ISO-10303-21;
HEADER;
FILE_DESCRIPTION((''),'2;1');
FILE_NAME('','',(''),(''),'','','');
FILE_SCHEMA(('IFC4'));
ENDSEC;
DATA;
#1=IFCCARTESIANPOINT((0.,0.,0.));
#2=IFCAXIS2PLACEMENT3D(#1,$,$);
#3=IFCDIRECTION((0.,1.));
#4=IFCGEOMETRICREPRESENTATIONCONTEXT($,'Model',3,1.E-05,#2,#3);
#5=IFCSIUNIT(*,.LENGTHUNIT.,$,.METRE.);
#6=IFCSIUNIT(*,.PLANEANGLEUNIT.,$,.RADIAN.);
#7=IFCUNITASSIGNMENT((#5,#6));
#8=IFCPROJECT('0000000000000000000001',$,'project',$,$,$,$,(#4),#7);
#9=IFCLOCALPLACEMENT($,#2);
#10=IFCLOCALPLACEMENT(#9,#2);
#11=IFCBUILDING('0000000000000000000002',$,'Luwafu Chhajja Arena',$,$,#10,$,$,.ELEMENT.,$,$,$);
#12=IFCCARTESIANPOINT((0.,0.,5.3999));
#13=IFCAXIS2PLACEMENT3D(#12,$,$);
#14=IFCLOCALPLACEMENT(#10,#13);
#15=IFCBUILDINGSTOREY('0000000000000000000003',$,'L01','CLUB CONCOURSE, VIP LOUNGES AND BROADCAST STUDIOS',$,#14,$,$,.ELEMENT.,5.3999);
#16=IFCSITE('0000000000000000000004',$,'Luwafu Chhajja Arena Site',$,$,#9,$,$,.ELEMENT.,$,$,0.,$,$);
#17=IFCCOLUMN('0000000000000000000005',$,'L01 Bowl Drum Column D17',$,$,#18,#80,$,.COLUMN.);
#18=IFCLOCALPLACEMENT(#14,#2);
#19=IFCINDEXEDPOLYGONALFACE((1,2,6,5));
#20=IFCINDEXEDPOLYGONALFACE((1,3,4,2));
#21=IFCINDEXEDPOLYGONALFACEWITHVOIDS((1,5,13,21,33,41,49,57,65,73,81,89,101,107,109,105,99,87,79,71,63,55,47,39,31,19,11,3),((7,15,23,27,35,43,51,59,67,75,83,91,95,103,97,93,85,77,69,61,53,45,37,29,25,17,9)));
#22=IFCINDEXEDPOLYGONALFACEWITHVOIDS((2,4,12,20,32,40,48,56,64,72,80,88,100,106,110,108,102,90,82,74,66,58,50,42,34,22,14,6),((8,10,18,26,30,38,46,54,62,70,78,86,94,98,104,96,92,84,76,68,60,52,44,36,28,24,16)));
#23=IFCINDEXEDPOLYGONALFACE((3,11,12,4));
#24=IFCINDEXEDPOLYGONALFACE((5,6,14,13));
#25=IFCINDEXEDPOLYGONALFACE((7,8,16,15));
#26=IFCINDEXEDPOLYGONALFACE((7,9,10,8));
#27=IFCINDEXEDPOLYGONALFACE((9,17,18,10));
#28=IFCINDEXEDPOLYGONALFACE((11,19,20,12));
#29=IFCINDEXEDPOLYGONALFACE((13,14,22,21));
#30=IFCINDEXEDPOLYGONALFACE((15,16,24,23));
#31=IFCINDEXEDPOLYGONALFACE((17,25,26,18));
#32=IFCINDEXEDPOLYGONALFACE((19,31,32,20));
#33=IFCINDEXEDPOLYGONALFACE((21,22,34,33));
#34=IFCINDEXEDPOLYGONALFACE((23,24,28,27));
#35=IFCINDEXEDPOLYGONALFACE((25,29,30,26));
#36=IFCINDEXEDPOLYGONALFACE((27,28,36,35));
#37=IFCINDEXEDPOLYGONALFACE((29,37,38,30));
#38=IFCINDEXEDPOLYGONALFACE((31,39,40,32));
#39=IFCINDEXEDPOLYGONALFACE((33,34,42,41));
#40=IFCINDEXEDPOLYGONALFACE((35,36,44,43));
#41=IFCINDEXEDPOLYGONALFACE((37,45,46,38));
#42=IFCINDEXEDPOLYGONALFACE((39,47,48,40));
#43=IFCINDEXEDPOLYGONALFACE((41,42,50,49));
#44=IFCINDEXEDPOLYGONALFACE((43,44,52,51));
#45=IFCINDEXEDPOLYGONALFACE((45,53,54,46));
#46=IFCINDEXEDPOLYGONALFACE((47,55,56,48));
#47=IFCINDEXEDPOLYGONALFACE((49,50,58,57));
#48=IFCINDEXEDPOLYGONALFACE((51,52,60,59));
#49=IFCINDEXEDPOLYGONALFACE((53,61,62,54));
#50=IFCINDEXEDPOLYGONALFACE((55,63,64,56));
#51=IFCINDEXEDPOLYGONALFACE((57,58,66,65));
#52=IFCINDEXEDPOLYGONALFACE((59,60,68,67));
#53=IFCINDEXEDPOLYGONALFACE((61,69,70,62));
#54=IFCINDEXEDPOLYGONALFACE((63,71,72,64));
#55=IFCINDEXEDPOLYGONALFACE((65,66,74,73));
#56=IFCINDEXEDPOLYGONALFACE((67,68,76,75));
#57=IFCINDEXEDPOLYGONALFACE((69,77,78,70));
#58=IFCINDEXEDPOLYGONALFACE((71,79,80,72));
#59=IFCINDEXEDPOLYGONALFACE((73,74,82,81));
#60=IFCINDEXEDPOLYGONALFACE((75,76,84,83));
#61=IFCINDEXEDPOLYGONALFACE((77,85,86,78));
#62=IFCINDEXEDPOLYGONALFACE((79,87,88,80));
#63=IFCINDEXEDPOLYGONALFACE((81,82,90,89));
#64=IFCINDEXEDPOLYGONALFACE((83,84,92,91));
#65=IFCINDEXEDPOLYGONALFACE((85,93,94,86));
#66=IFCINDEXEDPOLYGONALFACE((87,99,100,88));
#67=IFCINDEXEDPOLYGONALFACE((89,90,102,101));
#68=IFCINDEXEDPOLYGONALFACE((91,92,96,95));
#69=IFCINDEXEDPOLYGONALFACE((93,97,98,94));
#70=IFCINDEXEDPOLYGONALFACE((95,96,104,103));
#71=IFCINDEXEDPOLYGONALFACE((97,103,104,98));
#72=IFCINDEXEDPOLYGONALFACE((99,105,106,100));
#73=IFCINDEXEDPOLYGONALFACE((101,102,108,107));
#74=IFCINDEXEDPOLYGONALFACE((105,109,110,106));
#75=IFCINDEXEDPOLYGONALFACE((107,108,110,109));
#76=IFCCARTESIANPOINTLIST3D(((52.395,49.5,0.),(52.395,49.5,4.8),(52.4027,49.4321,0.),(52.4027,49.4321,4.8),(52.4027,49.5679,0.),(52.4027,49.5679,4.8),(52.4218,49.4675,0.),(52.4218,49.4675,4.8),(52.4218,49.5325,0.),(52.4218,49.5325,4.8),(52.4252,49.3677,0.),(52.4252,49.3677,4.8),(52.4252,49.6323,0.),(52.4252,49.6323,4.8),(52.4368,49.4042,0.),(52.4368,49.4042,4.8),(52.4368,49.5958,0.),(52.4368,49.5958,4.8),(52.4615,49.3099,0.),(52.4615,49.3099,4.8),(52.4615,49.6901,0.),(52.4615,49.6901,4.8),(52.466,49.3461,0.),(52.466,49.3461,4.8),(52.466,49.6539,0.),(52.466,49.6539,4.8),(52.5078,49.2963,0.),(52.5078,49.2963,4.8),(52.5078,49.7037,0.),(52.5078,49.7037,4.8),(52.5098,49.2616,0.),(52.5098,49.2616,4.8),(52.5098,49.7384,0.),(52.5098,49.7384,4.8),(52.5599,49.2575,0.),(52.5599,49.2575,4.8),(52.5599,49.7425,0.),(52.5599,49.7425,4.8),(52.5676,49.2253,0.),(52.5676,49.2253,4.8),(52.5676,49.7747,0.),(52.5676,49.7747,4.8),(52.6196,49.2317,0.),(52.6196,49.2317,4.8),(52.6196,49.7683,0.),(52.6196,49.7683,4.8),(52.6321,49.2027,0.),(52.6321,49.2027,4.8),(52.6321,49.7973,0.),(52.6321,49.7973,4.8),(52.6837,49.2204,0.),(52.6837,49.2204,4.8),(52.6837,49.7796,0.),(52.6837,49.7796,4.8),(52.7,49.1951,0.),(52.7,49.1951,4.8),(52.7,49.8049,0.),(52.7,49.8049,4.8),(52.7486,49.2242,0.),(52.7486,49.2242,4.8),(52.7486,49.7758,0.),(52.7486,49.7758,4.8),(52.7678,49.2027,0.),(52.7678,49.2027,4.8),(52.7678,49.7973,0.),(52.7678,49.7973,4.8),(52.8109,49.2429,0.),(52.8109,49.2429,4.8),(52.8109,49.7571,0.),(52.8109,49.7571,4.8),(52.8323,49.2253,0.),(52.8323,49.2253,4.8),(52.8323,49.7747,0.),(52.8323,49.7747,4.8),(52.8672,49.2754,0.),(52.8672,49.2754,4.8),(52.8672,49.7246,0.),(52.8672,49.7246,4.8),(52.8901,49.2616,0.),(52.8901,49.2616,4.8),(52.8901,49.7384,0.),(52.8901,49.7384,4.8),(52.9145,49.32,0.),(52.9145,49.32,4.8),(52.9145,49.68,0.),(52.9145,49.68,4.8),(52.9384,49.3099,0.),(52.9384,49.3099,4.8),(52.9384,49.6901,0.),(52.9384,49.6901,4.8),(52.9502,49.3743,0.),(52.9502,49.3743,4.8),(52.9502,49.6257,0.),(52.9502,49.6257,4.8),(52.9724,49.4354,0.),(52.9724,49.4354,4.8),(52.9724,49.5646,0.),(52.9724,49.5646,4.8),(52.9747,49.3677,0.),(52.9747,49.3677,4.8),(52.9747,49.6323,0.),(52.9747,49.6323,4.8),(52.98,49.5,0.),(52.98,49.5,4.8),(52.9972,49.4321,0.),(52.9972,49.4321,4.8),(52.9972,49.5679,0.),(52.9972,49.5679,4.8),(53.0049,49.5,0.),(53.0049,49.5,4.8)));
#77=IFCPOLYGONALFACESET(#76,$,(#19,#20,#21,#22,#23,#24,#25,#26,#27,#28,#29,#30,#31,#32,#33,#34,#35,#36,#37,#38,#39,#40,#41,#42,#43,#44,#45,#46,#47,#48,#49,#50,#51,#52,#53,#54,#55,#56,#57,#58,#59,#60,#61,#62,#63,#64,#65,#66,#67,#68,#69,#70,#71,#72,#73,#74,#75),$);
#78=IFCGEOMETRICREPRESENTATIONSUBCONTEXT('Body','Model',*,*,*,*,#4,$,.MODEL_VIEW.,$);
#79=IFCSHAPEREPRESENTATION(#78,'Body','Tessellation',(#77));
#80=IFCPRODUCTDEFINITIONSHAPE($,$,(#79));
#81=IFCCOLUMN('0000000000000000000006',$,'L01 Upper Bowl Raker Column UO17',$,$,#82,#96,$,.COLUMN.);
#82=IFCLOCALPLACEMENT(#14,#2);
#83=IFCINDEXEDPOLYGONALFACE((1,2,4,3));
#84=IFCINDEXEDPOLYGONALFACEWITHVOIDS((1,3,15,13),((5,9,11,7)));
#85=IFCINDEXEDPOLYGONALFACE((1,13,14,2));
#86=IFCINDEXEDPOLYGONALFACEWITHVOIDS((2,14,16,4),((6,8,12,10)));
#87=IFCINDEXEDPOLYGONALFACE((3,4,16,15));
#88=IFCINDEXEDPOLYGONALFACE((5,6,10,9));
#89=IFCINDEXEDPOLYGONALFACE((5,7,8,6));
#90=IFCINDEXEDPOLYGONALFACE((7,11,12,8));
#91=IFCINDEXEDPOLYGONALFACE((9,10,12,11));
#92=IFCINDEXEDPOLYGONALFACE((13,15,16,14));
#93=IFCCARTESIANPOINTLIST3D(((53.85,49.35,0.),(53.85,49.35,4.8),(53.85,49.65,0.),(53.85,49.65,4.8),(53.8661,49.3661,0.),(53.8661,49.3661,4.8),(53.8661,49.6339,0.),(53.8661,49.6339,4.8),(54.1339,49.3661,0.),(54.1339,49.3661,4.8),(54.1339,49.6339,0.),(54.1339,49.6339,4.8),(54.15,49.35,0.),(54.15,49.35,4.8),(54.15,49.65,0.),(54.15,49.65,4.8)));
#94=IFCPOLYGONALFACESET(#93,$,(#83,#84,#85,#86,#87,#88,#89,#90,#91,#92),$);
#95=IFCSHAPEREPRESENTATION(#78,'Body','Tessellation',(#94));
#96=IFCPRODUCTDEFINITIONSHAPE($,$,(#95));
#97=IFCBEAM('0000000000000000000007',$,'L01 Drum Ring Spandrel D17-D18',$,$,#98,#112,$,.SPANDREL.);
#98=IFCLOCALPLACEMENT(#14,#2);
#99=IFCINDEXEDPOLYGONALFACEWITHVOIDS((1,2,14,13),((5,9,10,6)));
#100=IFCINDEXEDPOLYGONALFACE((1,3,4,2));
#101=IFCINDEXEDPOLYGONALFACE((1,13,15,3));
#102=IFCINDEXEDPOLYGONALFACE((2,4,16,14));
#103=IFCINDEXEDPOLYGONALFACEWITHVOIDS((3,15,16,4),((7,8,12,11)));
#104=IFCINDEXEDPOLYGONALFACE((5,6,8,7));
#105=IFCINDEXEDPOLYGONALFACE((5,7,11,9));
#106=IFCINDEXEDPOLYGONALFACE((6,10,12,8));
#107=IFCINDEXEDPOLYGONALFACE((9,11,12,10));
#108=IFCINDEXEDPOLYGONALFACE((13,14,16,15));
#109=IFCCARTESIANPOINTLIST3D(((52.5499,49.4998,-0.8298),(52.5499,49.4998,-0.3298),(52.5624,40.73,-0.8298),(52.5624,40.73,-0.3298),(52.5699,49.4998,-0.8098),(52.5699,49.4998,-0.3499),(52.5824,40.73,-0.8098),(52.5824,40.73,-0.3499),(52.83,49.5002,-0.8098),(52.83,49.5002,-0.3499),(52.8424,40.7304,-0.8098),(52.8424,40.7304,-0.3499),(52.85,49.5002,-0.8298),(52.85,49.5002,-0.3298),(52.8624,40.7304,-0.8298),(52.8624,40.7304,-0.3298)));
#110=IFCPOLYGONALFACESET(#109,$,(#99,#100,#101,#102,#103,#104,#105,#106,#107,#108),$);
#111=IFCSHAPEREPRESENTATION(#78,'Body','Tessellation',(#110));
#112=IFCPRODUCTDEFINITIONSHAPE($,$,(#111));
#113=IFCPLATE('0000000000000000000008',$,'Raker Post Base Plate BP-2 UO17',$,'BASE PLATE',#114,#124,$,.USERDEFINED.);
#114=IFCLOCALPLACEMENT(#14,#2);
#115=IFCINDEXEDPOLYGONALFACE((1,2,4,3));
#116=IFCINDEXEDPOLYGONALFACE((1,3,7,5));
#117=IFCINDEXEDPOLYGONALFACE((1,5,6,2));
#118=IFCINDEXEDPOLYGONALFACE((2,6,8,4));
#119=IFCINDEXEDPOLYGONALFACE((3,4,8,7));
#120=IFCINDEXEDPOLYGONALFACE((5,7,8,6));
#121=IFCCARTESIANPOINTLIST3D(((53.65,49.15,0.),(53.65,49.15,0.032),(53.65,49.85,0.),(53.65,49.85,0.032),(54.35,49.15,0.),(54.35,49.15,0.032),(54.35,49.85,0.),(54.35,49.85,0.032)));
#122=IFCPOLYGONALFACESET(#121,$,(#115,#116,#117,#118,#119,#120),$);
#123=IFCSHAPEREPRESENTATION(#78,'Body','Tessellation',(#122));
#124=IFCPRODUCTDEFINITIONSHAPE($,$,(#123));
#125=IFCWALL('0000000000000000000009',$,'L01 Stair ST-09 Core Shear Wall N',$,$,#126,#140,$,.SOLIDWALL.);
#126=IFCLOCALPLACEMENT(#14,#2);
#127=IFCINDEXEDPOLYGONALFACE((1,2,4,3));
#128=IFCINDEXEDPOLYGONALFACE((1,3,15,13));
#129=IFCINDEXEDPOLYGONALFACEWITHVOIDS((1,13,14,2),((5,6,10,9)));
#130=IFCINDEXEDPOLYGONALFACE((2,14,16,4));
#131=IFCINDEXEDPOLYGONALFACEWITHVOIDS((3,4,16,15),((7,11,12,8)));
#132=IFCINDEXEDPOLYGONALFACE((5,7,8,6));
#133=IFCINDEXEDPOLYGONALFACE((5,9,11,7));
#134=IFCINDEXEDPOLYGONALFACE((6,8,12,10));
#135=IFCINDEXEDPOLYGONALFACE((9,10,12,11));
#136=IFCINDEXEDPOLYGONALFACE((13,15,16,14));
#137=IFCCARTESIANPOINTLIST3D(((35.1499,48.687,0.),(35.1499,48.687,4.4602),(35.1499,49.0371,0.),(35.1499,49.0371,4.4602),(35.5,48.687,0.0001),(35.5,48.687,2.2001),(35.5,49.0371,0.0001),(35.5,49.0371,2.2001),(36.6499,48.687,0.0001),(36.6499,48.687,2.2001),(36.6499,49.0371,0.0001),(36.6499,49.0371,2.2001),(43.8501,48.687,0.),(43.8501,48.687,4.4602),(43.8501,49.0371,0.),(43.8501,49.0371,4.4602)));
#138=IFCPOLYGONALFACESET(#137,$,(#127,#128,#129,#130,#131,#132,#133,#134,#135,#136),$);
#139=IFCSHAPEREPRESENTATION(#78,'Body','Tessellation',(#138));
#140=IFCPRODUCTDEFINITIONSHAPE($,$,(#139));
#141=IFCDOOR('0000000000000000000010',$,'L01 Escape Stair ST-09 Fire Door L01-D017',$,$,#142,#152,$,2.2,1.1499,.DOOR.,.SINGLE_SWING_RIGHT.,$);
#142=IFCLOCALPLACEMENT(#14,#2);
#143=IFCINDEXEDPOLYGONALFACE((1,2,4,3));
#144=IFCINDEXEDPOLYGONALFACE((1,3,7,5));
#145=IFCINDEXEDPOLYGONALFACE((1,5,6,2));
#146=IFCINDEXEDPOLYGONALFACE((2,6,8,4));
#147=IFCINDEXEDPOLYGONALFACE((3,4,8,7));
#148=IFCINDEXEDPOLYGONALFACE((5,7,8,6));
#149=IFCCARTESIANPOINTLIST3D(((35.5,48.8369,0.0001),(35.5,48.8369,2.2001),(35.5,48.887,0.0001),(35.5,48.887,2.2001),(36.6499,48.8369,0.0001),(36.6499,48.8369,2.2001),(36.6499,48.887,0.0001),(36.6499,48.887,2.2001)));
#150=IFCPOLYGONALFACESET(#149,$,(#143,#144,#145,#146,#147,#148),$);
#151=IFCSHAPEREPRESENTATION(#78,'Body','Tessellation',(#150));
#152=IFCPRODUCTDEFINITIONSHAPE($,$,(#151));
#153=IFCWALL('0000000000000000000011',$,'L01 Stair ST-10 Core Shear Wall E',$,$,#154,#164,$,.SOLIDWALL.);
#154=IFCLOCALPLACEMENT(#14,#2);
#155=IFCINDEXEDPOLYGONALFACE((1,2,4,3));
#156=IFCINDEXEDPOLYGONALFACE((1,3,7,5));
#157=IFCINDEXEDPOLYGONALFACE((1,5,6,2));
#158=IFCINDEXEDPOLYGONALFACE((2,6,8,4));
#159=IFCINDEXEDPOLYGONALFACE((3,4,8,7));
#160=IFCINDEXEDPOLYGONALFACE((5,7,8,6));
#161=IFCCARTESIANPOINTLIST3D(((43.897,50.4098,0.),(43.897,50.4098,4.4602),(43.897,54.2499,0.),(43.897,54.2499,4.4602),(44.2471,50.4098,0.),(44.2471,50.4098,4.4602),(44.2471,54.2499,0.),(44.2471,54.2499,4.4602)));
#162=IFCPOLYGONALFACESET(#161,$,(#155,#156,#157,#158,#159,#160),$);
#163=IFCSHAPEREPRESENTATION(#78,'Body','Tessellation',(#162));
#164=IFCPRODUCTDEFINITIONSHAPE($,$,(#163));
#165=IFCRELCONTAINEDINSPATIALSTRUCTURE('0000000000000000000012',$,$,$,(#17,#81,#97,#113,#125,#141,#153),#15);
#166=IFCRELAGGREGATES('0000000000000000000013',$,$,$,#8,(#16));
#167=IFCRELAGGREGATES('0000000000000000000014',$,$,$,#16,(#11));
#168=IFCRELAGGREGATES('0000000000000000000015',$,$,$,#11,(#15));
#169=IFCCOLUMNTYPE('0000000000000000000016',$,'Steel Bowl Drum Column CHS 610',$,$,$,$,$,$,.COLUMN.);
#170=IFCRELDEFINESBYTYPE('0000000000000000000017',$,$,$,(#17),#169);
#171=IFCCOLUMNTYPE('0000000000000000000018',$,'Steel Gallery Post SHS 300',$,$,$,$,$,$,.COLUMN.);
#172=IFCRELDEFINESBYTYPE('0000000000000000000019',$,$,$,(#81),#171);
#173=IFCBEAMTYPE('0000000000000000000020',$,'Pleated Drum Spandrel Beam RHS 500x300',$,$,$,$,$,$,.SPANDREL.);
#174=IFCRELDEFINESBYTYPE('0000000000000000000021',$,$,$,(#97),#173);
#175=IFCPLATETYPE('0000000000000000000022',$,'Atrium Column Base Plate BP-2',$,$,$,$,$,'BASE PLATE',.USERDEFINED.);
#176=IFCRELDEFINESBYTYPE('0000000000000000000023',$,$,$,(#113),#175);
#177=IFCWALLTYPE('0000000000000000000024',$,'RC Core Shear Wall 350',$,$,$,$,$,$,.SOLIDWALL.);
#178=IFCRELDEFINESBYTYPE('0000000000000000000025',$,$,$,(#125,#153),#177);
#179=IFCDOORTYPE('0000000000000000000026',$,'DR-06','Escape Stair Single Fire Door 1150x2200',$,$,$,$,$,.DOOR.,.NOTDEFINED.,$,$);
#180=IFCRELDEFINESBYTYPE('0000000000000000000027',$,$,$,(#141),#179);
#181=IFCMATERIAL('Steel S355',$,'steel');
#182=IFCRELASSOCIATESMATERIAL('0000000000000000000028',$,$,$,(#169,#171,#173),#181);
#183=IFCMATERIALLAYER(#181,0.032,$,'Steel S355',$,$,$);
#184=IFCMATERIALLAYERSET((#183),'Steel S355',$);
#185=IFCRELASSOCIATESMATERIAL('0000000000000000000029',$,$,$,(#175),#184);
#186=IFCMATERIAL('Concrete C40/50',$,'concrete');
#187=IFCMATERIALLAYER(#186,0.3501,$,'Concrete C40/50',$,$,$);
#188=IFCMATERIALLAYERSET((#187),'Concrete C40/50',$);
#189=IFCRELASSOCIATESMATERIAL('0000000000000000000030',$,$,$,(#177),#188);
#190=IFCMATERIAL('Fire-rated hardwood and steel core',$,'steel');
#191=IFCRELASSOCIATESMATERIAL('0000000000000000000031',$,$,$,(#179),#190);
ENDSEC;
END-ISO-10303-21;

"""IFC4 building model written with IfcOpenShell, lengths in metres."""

from ifc_helpers import new_model, si_unit, direction, frame, frame_2d, origin, origin_2d, place, context, subcontext, project, spatial, rectangle, hollow_rectangle, hollow_circle, extrude, material, layer, layer_set, material_profile, profile_set, type_object, element, fill, save


model = new_model("IFC4")

# Units and contexts
model_context = context("Model", 3, precision=1e-05, world=origin(), true_north=direction((0.0, 1.0)))
body_context = subcontext(model_context, "Body", "Model", "MODEL_VIEW")
ifc_project = project(units=[si_unit("LENGTHUNIT", "METRE"), si_unit("PLANEANGLEUNIT", "RADIAN")], contexts=[model_context])

# Site, building, storey
site_placement = place(None, origin())
site = spatial("IfcSite", under=ifc_project, at=site_placement, Name="Luwafu Chhajja Arena Site", CompositionType="ELEMENT", RefElevation=0.0)
building_placement = place(site_placement, origin())
building = spatial("IfcBuilding", under=site, at=building_placement, Name="Luwafu Chhajja Arena", CompositionType="ELEMENT")
storey_placement = place(building_placement, frame((0.0, 0.0, 5.3999)))
storey = spatial("IfcBuildingStorey", under=building, at=storey_placement, Name="L01", Description="CLUB CONCOURSE, VIP LOUNGES AND BROADCAST STUDIOS", CompositionType="ELEMENT", Elevation=5.3999)

# Columns
ifc_material_1 = material(Name="Steel S355", Category="steel")
ifc_material_profile_1 = material_profile(ifc_material_1, hollow_circle(Radius=0.3049, WallThickness=0.0249, at=origin_2d()), Name="CHS 610x25")
ifc_profile_set_1 = profile_set([ifc_material_profile_1], Name="Steel S355")
column_type_1 = type_object("IfcColumnType", Name="Steel Bowl Drum Column CHS 610", PredefinedType="COLUMN", material=ifc_profile_set_1)
column_1_placement = place(storey_placement, frame((52.7, 49.5, 0.0), z_axis=(0.0, 0.0, 1.0), x_axis=(1.0, 0.0, 0.0)))
element("IfcColumn", 1, at=column_1_placement, inside=storey, type_object=column_type_1, Name="L01 Bowl Drum Column D17", PredefinedType="COLUMN", context=body_context, shape_type="SweptSolid", body=[
    extrude(hollow_circle(Radius=0.3049, WallThickness=0.0249, at=origin_2d()), origin(), (0.0, 0.0, 1.0), 4.8),
])
ifc_material_profile_2 = material_profile(ifc_material_1, hollow_rectangle(XDim=0.3, YDim=0.3, WallThickness=0.0161, at=origin_2d()), Name="SHS 300x300x16")
ifc_profile_set_2 = profile_set([ifc_material_profile_2], Name="Steel S355")
column_type_2 = type_object("IfcColumnType", Name="Steel Gallery Post SHS 300", PredefinedType="COLUMN", material=ifc_profile_set_2)
column_2_placement = place(storey_placement, frame((54.0, 49.5, 0.0), z_axis=(0.0, 0.0, 1.0), x_axis=(1.0, 0.0, 0.0)))
element("IfcColumn", 2, at=column_2_placement, inside=storey, type_object=column_type_2, Name="L01 Upper Bowl Raker Column UO17", PredefinedType="COLUMN", context=body_context, shape_type="SweptSolid", body=[
    extrude(hollow_rectangle(XDim=0.3, YDim=0.3, WallThickness=0.0161, at=origin_2d()), origin(), (0.0, 0.0, 1.0), 4.8),
])

# Beam
ifc_material_profile_3 = material_profile(ifc_material_1, hollow_rectangle(XDim=0.3, YDim=0.5, WallThickness=0.02, at=origin_2d()), Name="RHS 500x300x20")
ifc_profile_set_3 = profile_set([ifc_material_profile_3], Name="Steel S355")
beam_type = type_object("IfcBeamType", Name="Pleated Drum Spandrel Beam RHS 500x300", PredefinedType="SPANDREL", material=ifc_profile_set_3)
beam_placement = place(storey_placement, frame((52.7, 49.5, -0.5798), z_axis=(0.00142, -0.999999, 0.0), x_axis=(0.999999, 0.00142, 0.0)))
element("IfcBeam", 3, at=beam_placement, inside=storey, type_object=beam_type, Name="L01 Drum Ring Spandrel D17-D18", PredefinedType="SPANDREL", context=body_context, shape_type="SweptSolid", body=[
    extrude(hollow_rectangle(XDim=0.3, YDim=0.5, WallThickness=0.02, at=origin_2d()), origin(), (0.0, 0.0, 1.0), 8.7698),
])

# Plate
ifc_layer_1 = layer(ifc_material_1, 0.032, Name="Steel S355")
ifc_layer_set_1 = layer_set([ifc_layer_1], Name="Steel S355")
plate_type = type_object("IfcPlateType", Name="Atrium Column Base Plate BP-2", ElementType="BASE PLATE", PredefinedType="USERDEFINED", material=ifc_layer_set_1)
plate_placement = place(storey_placement, frame((54.0, 49.5, 0.0), z_axis=(0.0, 0.0, 1.0), x_axis=(1.0, 0.0, 0.0)))
element("IfcPlate", 4, at=plate_placement, inside=storey, type_object=plate_type, Name="Raker Post Base Plate BP-2 UO17", ObjectType="BASE PLATE", PredefinedType="USERDEFINED", context=body_context, shape_type="SweptSolid", body=[
    extrude(rectangle(XDim=0.7, YDim=0.7, at=origin_2d()), origin(), (0.0, 0.0, 1.0), 0.032),
])

# Wall, opening, door
ifc_material_2 = material(Name="Concrete C40/50", Category="concrete")
ifc_layer_2 = layer(ifc_material_2, 0.3501, Name="Concrete C40/50")
ifc_layer_set_2 = layer_set([ifc_layer_2], Name="Concrete C40/50")
wall_type_1 = type_object("IfcWallType", Name="RC Core Shear Wall 350", PredefinedType="SOLIDWALL", material=ifc_layer_set_2)
wall_1_placement = place(storey_placement, frame((35.1499, 48.8621, 0.0), z_axis=(0.0, 0.0, 1.0), x_axis=(1.0, 0.0, 0.0)))
wall_1 = element("IfcWall", 5, at=wall_1_placement, inside=storey, type_object=wall_type_1, Name="L01 Stair ST-09 Core Shear Wall N", PredefinedType="SOLIDWALL", context=body_context, shape_type="SweptSolid", body=[
    extrude(rectangle(XDim=8.7002, YDim=0.3501, at=frame_2d((4.3501, 0.0))), origin(), (0.0, 0.0, 1.0), 4.4602),
])
opening_1_placement = place(wall_1_placement, frame((0.3501, 0.0, 0.0)))
opening_1 = element("IfcOpeningElement", 6, at=opening_1_placement, cuts=wall_1, PredefinedType="OPENING", context=body_context, shape_type="SweptSolid", body=[
    extrude(rectangle(XDim=1.1499, YDim=2.2, at=frame_2d((0.575, 1.1001))), frame((0.0, 0.1851, 0.0), z_axis=(0.0, -1.0, 0.0), x_axis=(1.0, 0.0, 0.0)), (0.0, 0.0, 1.0), 0.3701),
])
ifc_material_3 = material(Name="Fire-rated hardwood and steel core", Category="steel")
door_type = type_object("IfcDoorType", Name="DR-06", Description="Escape Stair Single Fire Door 1150x2200", OperationType="NOTDEFINED", PredefinedType="DOOR", material=ifc_material_3)
door_1_placement = place(opening_1_placement, origin())
door_1 = element("IfcDoor", 7, at=door_1_placement, inside=storey, type_object=door_type, Name="L01 Escape Stair ST-09 Fire Door L01-D017", OperationType="SINGLE_SWING_RIGHT", OverallHeight=2.2, OverallWidth=1.1499, PredefinedType="DOOR", context=body_context, shape_type="SweptSolid", body=[
    extrude(rectangle(XDim=1.1499, YDim=2.2, at=frame_2d((0.575, 1.1001))), frame((0.0, 0.0249, 0.0), z_axis=(0.0, -1.0, 0.0), x_axis=(1.0, 0.0, 0.0)), (0.0, 0.0, 1.0), 0.05),
])
fill(opening_1, door_1)

# Wall
wall_2_placement = place(storey_placement, frame((44.072, 50.4099, 0.0), z_axis=(0.0, 0.0, 1.0), x_axis=(0.0, 1.0, 0.0)))
element("IfcWall", 8, at=wall_2_placement, inside=storey, type_object=wall_type_1, Name="L01 Stair ST-10 Core Shear Wall E", PredefinedType="SOLIDWALL", context=body_context, shape_type="SweptSolid", body=[
    extrude(rectangle(XDim=3.8401, YDim=0.3501, at=frame_2d((1.9199, 0.0))), origin(), (0.0, 0.0, 1.0), 4.4602),
])

save(model, "model.ifc")
